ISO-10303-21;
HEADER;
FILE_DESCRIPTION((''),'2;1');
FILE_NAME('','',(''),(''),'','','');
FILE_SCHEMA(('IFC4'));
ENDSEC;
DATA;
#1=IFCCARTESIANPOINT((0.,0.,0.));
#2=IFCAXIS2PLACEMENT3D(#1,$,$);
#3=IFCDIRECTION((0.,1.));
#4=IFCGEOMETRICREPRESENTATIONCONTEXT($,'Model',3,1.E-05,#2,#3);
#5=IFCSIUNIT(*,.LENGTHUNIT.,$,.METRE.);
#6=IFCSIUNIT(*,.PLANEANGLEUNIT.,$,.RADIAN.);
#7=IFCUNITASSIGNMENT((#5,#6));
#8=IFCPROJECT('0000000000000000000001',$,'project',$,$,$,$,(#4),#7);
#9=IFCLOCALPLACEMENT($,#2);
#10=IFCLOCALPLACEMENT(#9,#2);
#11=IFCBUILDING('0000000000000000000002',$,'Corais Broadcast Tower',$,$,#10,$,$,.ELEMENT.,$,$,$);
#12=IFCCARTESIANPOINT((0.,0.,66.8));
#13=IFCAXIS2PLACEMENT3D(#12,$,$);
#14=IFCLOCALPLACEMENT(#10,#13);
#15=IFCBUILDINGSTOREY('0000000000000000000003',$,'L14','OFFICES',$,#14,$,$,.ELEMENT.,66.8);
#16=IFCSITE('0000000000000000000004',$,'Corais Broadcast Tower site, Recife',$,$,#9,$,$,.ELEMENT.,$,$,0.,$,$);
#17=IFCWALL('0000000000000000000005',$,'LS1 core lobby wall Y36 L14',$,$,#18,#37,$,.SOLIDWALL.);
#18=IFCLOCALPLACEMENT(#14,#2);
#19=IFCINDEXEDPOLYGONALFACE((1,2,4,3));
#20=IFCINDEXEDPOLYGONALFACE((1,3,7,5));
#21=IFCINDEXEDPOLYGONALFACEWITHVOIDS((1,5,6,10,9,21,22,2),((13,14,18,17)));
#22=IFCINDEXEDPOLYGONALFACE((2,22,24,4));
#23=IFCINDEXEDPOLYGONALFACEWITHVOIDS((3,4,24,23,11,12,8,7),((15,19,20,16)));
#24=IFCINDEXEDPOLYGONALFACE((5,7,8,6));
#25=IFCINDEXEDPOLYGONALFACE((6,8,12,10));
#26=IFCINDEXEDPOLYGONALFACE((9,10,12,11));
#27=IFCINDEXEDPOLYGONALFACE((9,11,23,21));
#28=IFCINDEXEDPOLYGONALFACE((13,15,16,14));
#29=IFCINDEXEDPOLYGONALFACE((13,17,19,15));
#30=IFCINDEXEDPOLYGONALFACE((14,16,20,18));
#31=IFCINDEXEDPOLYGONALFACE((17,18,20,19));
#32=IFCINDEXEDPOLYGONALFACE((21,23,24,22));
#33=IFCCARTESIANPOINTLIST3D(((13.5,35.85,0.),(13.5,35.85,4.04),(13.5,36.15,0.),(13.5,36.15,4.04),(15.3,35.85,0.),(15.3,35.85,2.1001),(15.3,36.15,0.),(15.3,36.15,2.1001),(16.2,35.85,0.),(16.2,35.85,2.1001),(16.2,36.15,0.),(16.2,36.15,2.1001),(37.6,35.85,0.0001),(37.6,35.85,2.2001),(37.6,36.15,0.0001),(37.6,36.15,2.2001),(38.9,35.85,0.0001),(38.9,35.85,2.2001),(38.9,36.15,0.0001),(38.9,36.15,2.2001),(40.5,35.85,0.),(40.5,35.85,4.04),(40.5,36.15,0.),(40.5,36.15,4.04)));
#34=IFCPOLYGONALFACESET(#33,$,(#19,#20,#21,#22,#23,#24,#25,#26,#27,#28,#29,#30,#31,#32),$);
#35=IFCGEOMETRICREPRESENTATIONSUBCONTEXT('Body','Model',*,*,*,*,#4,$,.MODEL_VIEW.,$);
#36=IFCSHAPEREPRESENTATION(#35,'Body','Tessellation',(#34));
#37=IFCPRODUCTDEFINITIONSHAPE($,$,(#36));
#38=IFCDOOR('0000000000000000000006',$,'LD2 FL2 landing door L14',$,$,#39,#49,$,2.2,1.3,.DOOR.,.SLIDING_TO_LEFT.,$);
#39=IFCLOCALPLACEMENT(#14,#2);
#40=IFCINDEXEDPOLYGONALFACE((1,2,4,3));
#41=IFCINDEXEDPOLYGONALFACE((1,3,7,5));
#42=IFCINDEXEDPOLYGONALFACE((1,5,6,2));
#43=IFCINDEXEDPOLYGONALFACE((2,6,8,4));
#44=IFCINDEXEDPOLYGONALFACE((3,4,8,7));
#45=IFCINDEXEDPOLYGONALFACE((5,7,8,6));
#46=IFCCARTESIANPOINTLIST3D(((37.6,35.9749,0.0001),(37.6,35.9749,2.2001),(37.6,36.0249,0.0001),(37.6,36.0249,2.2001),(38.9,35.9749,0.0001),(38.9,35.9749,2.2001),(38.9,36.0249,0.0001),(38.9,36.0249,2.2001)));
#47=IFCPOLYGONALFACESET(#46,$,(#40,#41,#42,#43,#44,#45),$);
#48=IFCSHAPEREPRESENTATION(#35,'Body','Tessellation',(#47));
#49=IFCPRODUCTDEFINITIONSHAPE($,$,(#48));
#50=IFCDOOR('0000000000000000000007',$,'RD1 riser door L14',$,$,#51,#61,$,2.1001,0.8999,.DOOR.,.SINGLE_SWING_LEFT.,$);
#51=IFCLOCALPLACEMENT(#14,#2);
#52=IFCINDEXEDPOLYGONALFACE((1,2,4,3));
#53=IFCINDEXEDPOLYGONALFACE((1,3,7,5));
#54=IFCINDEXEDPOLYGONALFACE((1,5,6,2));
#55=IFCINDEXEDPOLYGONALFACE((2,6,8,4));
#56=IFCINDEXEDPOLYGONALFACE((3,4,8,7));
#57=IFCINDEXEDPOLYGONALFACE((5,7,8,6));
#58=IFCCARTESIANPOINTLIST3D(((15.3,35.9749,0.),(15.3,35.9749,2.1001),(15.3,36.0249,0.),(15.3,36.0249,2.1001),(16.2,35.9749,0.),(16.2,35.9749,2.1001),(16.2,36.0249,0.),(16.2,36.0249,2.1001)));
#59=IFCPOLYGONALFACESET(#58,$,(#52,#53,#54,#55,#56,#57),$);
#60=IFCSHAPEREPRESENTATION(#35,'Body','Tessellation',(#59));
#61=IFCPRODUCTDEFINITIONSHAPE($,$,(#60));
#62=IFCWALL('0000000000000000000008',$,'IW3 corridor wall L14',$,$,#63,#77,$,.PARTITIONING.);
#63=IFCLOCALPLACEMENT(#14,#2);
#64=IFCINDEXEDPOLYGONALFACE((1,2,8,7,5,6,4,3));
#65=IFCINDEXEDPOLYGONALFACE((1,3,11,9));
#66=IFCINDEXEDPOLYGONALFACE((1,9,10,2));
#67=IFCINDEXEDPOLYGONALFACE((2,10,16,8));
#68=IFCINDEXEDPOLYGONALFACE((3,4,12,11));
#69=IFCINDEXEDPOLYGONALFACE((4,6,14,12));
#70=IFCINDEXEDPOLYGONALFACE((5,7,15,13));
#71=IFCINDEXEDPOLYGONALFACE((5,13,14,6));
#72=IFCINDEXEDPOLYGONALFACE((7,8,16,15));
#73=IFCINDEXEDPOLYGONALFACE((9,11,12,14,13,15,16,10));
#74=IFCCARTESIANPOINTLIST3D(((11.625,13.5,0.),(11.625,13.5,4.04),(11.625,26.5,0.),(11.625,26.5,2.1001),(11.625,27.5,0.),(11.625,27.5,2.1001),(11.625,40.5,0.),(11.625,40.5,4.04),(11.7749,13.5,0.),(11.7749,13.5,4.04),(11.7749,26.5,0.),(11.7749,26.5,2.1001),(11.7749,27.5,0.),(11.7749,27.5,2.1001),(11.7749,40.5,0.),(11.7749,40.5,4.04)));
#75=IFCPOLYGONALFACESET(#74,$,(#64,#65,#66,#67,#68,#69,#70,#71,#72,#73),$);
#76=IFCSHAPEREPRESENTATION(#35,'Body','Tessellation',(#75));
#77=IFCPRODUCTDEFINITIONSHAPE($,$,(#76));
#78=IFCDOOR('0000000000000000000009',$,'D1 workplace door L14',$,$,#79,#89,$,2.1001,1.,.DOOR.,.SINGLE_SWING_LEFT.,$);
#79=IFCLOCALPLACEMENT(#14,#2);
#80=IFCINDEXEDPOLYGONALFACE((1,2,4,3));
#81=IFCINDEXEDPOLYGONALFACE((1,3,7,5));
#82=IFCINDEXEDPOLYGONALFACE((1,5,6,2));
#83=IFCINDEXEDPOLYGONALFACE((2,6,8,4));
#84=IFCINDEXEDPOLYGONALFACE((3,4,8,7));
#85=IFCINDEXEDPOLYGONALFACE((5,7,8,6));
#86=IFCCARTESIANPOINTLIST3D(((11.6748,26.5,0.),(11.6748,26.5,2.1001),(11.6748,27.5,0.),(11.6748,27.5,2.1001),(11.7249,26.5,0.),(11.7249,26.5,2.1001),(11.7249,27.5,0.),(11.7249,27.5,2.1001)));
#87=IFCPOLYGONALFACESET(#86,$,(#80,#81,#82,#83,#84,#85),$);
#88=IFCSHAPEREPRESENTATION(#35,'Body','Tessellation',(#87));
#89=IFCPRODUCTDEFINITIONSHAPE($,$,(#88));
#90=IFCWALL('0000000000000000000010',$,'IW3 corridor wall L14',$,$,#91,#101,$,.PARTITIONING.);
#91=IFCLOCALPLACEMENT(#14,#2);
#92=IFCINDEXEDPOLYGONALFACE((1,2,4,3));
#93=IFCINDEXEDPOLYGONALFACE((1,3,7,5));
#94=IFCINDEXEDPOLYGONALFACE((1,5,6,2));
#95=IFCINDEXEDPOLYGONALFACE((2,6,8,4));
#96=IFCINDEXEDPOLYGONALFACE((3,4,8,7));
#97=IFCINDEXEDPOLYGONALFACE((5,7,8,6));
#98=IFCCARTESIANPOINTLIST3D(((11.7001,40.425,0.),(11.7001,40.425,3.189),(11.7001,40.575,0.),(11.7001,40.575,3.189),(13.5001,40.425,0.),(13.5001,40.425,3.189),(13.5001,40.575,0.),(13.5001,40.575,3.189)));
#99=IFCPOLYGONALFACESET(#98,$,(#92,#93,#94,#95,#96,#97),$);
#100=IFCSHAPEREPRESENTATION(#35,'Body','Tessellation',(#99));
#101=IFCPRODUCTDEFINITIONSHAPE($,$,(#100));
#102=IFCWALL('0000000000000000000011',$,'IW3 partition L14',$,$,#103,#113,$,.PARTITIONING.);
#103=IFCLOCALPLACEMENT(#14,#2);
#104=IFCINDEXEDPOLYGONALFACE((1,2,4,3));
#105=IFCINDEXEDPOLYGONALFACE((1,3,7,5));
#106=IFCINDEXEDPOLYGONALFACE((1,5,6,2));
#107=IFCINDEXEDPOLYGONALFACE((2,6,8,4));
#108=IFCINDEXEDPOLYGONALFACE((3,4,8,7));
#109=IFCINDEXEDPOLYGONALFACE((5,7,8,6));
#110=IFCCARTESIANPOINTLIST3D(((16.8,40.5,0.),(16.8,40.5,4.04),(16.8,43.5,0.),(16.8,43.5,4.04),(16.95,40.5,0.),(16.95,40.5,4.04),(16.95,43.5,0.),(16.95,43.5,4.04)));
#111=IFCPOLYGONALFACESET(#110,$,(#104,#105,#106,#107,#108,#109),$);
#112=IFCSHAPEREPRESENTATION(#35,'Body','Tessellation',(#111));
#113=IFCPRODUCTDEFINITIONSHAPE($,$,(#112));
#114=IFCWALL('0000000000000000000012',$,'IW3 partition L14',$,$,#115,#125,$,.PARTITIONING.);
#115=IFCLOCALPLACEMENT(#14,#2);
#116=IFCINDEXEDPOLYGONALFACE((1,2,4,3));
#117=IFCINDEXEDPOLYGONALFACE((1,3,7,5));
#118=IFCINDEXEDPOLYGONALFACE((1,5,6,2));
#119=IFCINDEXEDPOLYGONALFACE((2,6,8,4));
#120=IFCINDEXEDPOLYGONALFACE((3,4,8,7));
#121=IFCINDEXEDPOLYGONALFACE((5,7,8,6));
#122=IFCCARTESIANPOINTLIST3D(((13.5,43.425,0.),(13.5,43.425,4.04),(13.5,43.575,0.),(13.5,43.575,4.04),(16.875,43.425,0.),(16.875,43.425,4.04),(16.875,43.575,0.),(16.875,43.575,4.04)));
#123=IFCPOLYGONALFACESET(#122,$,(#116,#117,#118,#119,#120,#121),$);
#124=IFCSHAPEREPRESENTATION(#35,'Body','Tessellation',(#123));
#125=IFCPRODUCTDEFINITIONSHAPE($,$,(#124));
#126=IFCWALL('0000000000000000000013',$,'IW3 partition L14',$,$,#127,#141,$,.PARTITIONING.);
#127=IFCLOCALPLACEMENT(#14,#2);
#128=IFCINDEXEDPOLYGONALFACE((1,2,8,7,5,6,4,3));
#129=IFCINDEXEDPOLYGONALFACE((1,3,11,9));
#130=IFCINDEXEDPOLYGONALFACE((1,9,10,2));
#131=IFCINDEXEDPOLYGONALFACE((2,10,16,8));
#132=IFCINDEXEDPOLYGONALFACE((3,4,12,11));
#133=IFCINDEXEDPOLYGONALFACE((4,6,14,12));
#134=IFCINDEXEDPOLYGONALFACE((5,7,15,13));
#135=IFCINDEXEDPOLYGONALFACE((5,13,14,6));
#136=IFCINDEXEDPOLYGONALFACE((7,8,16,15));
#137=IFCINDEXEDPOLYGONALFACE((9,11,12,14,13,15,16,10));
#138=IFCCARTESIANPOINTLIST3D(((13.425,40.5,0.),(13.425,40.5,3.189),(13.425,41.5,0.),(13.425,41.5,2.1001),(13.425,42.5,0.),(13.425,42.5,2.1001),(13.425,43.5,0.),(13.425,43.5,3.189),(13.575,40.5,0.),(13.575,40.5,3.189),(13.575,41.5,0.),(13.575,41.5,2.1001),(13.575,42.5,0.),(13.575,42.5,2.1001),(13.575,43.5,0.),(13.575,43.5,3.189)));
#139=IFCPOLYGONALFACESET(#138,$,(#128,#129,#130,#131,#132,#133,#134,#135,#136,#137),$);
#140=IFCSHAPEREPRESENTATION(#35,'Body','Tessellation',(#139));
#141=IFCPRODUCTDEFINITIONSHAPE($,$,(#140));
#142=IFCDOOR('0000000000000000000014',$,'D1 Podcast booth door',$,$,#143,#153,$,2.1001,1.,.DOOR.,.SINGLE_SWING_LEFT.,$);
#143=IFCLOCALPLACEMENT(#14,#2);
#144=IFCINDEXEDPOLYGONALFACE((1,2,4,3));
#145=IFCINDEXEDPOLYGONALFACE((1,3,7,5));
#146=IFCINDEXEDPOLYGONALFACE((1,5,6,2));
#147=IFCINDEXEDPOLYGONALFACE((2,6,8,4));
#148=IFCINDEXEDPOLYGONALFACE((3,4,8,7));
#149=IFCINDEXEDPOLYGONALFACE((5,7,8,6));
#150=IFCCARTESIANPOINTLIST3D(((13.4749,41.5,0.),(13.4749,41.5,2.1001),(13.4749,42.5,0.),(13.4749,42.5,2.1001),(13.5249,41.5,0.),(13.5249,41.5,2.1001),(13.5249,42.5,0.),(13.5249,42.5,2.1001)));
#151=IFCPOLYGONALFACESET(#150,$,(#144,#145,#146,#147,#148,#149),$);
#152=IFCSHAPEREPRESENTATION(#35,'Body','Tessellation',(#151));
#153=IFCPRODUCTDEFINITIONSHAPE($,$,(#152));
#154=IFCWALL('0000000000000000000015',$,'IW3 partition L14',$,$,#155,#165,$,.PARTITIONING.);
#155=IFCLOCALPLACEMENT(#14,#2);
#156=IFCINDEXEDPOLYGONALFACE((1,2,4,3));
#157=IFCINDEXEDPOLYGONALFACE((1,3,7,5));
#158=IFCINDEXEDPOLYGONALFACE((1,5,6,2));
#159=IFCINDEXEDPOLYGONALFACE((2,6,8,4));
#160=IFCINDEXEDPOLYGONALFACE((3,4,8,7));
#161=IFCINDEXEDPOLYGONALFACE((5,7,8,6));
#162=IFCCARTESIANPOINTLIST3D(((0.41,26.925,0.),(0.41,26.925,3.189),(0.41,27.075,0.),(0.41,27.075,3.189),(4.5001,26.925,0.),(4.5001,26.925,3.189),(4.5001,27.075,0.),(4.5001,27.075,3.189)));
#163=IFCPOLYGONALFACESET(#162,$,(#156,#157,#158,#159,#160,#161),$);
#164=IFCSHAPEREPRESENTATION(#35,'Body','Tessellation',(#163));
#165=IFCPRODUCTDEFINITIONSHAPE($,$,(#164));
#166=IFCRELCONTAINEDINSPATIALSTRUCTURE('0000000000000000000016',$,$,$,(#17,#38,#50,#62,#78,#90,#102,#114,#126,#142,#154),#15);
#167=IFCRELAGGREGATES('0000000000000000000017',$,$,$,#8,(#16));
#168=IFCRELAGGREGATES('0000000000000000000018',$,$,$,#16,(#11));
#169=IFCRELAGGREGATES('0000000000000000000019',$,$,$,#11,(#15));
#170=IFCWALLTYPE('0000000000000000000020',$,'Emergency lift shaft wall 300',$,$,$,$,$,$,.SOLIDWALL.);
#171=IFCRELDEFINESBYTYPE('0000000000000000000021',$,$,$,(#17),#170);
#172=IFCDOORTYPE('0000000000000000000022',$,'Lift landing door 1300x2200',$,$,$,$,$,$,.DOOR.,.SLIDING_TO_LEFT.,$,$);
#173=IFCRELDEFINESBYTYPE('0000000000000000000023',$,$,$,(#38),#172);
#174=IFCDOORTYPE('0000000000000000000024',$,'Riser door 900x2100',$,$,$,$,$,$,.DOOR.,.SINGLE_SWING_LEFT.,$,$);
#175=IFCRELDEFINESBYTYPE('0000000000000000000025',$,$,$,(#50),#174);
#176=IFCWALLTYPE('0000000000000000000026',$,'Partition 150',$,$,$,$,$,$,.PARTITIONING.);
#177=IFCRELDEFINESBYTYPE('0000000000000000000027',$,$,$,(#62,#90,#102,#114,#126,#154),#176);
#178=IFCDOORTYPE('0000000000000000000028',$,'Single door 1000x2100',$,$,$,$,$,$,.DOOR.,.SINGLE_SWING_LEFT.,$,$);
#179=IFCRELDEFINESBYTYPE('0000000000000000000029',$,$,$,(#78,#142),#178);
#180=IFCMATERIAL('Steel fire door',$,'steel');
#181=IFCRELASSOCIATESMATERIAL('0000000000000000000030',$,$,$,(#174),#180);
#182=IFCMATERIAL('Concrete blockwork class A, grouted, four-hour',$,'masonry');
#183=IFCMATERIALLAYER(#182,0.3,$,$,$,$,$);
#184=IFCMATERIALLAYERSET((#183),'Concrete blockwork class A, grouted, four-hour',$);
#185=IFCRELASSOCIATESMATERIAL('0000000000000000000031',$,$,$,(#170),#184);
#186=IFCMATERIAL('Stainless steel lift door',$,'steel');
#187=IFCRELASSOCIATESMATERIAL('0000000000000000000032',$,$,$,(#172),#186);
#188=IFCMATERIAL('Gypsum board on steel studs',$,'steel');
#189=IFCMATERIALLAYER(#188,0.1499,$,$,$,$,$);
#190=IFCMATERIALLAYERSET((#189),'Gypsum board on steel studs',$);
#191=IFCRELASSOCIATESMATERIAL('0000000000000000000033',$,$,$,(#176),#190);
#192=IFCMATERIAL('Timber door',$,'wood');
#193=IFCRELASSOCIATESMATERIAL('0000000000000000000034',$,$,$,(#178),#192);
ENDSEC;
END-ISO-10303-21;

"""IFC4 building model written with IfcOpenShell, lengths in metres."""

from ifc_helpers import new_model, si_unit, direction, frame, frame_2d, origin, place, context, subcontext, project, spatial, rectangle, extrude, material, layer, layer_set, type_object, element, fill, save


model = new_model("IFC4")

# Units and contexts
model_context = context("Model", 3, precision=1e-05, world=origin(), true_north=direction((0.0, 1.0)))
body_context = subcontext(model_context, "Body", "Model", "MODEL_VIEW")
ifc_project = project(units=[si_unit("LENGTHUNIT", "METRE"), si_unit("PLANEANGLEUNIT", "RADIAN")], contexts=[model_context])

# Site, building, storey
site_placement = place(None, origin())
site = spatial("IfcSite", under=ifc_project, at=site_placement, Name="Corais Broadcast Tower site, Recife", CompositionType="ELEMENT", RefElevation=0.0)
building_placement = place(site_placement, origin())
building = spatial("IfcBuilding", under=site, at=building_placement, Name="Corais Broadcast Tower", CompositionType="ELEMENT")
storey_placement = place(building_placement, frame((0.0, 0.0, 66.8)))
storey = spatial("IfcBuildingStorey", under=building, at=storey_placement, Name="L14", Description="OFFICES", CompositionType="ELEMENT", Elevation=66.8)

# Wall, openings, doors
ifc_material_1 = material(Name="Steel fire door", Category="steel")
door_type_1 = type_object("IfcDoorType", Name="Riser door 900x2100", OperationType="SINGLE_SWING_LEFT", PredefinedType="DOOR", material=ifc_material_1)
ifc_material_2 = material(Name="Concrete blockwork class A, grouted, four-hour", Category="masonry")
ifc_layer_1 = layer(ifc_material_2, 0.3)
ifc_layer_set_1 = layer_set([ifc_layer_1], Name="Concrete blockwork class A, grouted, four-hour")
wall_type_1 = type_object("IfcWallType", Name="Emergency lift shaft wall 300", PredefinedType="SOLIDWALL", material=ifc_layer_set_1)
wall_1_placement = place(storey_placement, frame((13.5, 36.0, 0.0), z_axis=(0.0, 0.0, 1.0), x_axis=(1.0, 0.0, 0.0)))
wall_1 = element("IfcWall", 1, at=wall_1_placement, inside=storey, type_object=wall_type_1, Name="LS1 core lobby wall Y36 L14", PredefinedType="SOLIDWALL", context=body_context, shape_type="SweptSolid", body=[
    extrude(rectangle(XDim=27.0, YDim=0.3, at=frame_2d((13.5, 0.0))), origin(), (0.0, 0.0, 1.0), 4.04),
])
opening_1_placement = place(wall_1_placement, frame((1.8, 0.0, 0.0)))
opening_1 = element("IfcOpeningElement", 2, at=opening_1_placement, cuts=wall_1, PredefinedType="OPENING", context=body_context, shape_type="SweptSolid", body=[
    extrude(rectangle(XDim=0.8999, YDim=2.1001, at=frame_2d((0.45, 1.05))), frame((0.0, 0.1599, 0.0), z_axis=(0.0, -1.0, 0.0), x_axis=(1.0, 0.0, 0.0)), (0.0, 0.0, 1.0), 0.3201),
])
opening_2_placement = place(wall_1_placement, frame((24.1001, 0.0, 0.0)))
opening_2 = element("IfcOpeningElement", 3, at=opening_2_placement, cuts=wall_1, PredefinedType="OPENING", context=body_context, shape_type="SweptSolid", body=[
    extrude(rectangle(XDim=1.3, YDim=2.2, at=frame_2d((0.6499, 1.1001))), frame((0.0, 0.1599, 0.0), z_axis=(0.0, -1.0, 0.0), x_axis=(1.0, 0.0, 0.0)), (0.0, 0.0, 1.0), 0.3201),
])
ifc_material_3 = material(Name="Stainless steel lift door", Category="steel")
door_type_2 = type_object("IfcDoorType", Name="Lift landing door 1300x2200", OperationType="SLIDING_TO_LEFT", PredefinedType="DOOR", material=ifc_material_3)
door_1_placement = place(opening_2_placement, origin())
door_1 = element("IfcDoor", 4, at=door_1_placement, inside=storey, type_object=door_type_2, Name="LD2 FL2 landing door L14", OperationType="SLIDING_TO_LEFT", OverallHeight=2.2, OverallWidth=1.3, PredefinedType="DOOR", context=body_context, shape_type="SweptSolid", body=[
    extrude(rectangle(XDim=1.3, YDim=2.2, at=frame_2d((0.6499, 1.1001))), frame((0.0, 0.0249, 0.0), z_axis=(0.0, -1.0, 0.0), x_axis=(1.0, 0.0, 0.0)), (0.0, 0.0, 1.0), 0.05),
])
fill(opening_2, door_1)
door_2_placement = place(opening_1_placement, origin())
door_2 = element("IfcDoor", 5, at=door_2_placement, inside=storey, type_object=door_type_1, Name="RD1 riser door L14", OperationType="SINGLE_SWING_LEFT", OverallHeight=2.1001, OverallWidth=0.8999, PredefinedType="DOOR", context=body_context, shape_type="SweptSolid", body=[
    extrude(rectangle(XDim=0.8999, YDim=2.1001, at=frame_2d((0.45, 1.05))), frame((0.0, 0.0249, 0.0), z_axis=(0.0, -1.0, 0.0), x_axis=(1.0, 0.0, 0.0)), (0.0, 0.0, 1.0), 0.05),
])
fill(opening_1, door_2)

# Wall, opening, door
ifc_material_4 = material(Name="Gypsum board on steel studs", Category="steel")
ifc_layer_2 = layer(ifc_material_4, 0.1499)
ifc_layer_set_2 = layer_set([ifc_layer_2], Name="Gypsum board on steel studs")
wall_type_2 = type_object("IfcWallType", Name="Partition 150", PredefinedType="PARTITIONING", material=ifc_layer_set_2)
wall_2_placement = place(storey_placement, frame((11.7, 40.5, 0.0), z_axis=(0.0, 0.0, 1.0), x_axis=(0.0, -1.0, 0.0)))
wall_2 = element("IfcWall", 6, at=wall_2_placement, inside=storey, type_object=wall_type_2, Name="IW3 corridor wall L14", PredefinedType="PARTITIONING", context=body_context, shape_type="SweptSolid", body=[
    extrude(rectangle(XDim=27.0, YDim=0.1499, at=frame_2d((13.5, 0.0))), origin(), (0.0, 0.0, 1.0), 4.04),
])
opening_3_placement = place(wall_2_placement, frame((13.0, 0.0, 0.0)))
opening_3 = element("IfcOpeningElement", 7, at=opening_3_placement, cuts=wall_2, PredefinedType="OPENING", context=body_context, shape_type="SweptSolid", body=[
    extrude(rectangle(XDim=1.0, YDim=2.1001, at=frame_2d((0.5, 1.05))), frame((0.0, 0.085, 0.0), z_axis=(0.0, -1.0, 0.0), x_axis=(1.0, 0.0, 0.0)), (0.0, 0.0, 1.0), 0.1699),
])
ifc_material_5 = material(Name="Timber door", Category="wood")
door_type_3 = type_object("IfcDoorType", Name="Single door 1000x2100", OperationType="SINGLE_SWING_LEFT", PredefinedType="DOOR", material=ifc_material_5)
door_3_placement = place(opening_3_placement, origin())
door_3 = element("IfcDoor", 8, at=door_3_placement, inside=storey, type_object=door_type_3, Name="D1 workplace door L14", OperationType="SINGLE_SWING_LEFT", OverallHeight=2.1001, OverallWidth=1.0, PredefinedType="DOOR", context=body_context, shape_type="SweptSolid", body=[
    extrude(rectangle(XDim=1.0, YDim=2.1001, at=frame_2d((0.5, 1.05))), frame((0.0, 0.0249, 0.0), z_axis=(0.0, -1.0, 0.0), x_axis=(1.0, 0.0, 0.0)), (0.0, 0.0, 1.0), 0.05),
])
fill(opening_3, door_3)

# Walls
wall_3_placement = place(storey_placement, frame((13.5, 40.5, 0.0), z_axis=(0.0, 0.0, 1.0), x_axis=(-1.0, 0.0, 0.0)))
element("IfcWall", 9, at=wall_3_placement, inside=storey, type_object=wall_type_2, Name="IW3 corridor wall L14", PredefinedType="PARTITIONING", context=body_context, shape_type="SweptSolid", body=[
    extrude(rectangle(XDim=1.8, YDim=0.1499, at=frame_2d((0.8999, 0.0))), origin(), (0.0, 0.0, 1.0), 3.189),
])
wall_4_placement = place(storey_placement, frame((16.875, 40.5, 0.0), z_axis=(0.0, 0.0, 1.0), x_axis=(0.0, 1.0, 0.0)))
element("IfcWall", 10, at=wall_4_placement, inside=storey, type_object=wall_type_2, Name="IW3 partition L14", PredefinedType="PARTITIONING", context=body_context, shape_type="SweptSolid", body=[
    extrude(rectangle(XDim=3.0, YDim=0.1499, at=frame_2d((1.5, 0.0))), origin(), (0.0, 0.0, 1.0), 4.04),
])
wall_5_placement = place(storey_placement, frame((16.875, 43.5, 0.0), z_axis=(0.0, 0.0, 1.0), x_axis=(-1.0, 0.0, 0.0)))
element("IfcWall", 11, at=wall_5_placement, inside=storey, type_object=wall_type_2, Name="IW3 partition L14", PredefinedType="PARTITIONING", context=body_context, shape_type="SweptSolid", body=[
    extrude(rectangle(XDim=3.375, YDim=0.1499, at=frame_2d((1.6875, 0.0))), origin(), (0.0, 0.0, 1.0), 4.04),
])

# Wall, opening, door
wall_6_placement = place(storey_placement, frame((13.5, 43.5, 0.0), z_axis=(0.0, 0.0, 1.0), x_axis=(0.0, -1.0, 0.0)))
wall_6 = element("IfcWall", 12, at=wall_6_placement, inside=storey, type_object=wall_type_2, Name="IW3 partition L14", PredefinedType="PARTITIONING", context=body_context, shape_type="SweptSolid", body=[
    extrude(rectangle(XDim=3.0, YDim=0.1499, at=frame_2d((1.5, 0.0))), origin(), (0.0, 0.0, 1.0), 3.189),
])
opening_4_placement = place(wall_6_placement, frame((1.0, 0.0, 0.0)))
opening_4 = element("IfcOpeningElement", 13, at=opening_4_placement, cuts=wall_6, PredefinedType="OPENING", context=body_context, shape_type="SweptSolid", body=[
    extrude(rectangle(XDim=1.0, YDim=2.1001, at=frame_2d((0.5, 1.05))), frame((0.0, 0.085, 0.0), z_axis=(0.0, -1.0, 0.0), x_axis=(1.0, 0.0, 0.0)), (0.0, 0.0, 1.0), 0.1699),
])
door_4_placement = place(opening_4_placement, origin())
door_4 = element("IfcDoor", 14, at=door_4_placement, inside=storey, type_object=door_type_3, Name="D1 Podcast booth door", OperationType="SINGLE_SWING_LEFT", OverallHeight=2.1001, OverallWidth=1.0, PredefinedType="DOOR", context=body_context, shape_type="SweptSolid", body=[
    extrude(rectangle(XDim=1.0, YDim=2.1001, at=frame_2d((0.5, 1.05))), frame((0.0, 0.0249, 0.0), z_axis=(0.0, -1.0, 0.0), x_axis=(1.0, 0.0, 0.0)), (0.0, 0.0, 1.0), 0.05),
])
fill(opening_4, door_4)

# Wall
wall_7_placement = place(storey_placement, frame((4.5, 27.0, 0.0), z_axis=(0.0, 0.0, 1.0), x_axis=(-1.0, 0.0, 0.0)))
element("IfcWall", 15, at=wall_7_placement, inside=storey, type_object=wall_type_2, Name="IW3 partition L14", PredefinedType="PARTITIONING", context=body_context, shape_type="SweptSolid", body=[
    extrude(rectangle(XDim=4.0901, YDim=0.1499, at=frame_2d((2.0449, 0.0))), origin(), (0.0, 0.0, 1.0), 3.189),
])

save(model, "model.ifc")
